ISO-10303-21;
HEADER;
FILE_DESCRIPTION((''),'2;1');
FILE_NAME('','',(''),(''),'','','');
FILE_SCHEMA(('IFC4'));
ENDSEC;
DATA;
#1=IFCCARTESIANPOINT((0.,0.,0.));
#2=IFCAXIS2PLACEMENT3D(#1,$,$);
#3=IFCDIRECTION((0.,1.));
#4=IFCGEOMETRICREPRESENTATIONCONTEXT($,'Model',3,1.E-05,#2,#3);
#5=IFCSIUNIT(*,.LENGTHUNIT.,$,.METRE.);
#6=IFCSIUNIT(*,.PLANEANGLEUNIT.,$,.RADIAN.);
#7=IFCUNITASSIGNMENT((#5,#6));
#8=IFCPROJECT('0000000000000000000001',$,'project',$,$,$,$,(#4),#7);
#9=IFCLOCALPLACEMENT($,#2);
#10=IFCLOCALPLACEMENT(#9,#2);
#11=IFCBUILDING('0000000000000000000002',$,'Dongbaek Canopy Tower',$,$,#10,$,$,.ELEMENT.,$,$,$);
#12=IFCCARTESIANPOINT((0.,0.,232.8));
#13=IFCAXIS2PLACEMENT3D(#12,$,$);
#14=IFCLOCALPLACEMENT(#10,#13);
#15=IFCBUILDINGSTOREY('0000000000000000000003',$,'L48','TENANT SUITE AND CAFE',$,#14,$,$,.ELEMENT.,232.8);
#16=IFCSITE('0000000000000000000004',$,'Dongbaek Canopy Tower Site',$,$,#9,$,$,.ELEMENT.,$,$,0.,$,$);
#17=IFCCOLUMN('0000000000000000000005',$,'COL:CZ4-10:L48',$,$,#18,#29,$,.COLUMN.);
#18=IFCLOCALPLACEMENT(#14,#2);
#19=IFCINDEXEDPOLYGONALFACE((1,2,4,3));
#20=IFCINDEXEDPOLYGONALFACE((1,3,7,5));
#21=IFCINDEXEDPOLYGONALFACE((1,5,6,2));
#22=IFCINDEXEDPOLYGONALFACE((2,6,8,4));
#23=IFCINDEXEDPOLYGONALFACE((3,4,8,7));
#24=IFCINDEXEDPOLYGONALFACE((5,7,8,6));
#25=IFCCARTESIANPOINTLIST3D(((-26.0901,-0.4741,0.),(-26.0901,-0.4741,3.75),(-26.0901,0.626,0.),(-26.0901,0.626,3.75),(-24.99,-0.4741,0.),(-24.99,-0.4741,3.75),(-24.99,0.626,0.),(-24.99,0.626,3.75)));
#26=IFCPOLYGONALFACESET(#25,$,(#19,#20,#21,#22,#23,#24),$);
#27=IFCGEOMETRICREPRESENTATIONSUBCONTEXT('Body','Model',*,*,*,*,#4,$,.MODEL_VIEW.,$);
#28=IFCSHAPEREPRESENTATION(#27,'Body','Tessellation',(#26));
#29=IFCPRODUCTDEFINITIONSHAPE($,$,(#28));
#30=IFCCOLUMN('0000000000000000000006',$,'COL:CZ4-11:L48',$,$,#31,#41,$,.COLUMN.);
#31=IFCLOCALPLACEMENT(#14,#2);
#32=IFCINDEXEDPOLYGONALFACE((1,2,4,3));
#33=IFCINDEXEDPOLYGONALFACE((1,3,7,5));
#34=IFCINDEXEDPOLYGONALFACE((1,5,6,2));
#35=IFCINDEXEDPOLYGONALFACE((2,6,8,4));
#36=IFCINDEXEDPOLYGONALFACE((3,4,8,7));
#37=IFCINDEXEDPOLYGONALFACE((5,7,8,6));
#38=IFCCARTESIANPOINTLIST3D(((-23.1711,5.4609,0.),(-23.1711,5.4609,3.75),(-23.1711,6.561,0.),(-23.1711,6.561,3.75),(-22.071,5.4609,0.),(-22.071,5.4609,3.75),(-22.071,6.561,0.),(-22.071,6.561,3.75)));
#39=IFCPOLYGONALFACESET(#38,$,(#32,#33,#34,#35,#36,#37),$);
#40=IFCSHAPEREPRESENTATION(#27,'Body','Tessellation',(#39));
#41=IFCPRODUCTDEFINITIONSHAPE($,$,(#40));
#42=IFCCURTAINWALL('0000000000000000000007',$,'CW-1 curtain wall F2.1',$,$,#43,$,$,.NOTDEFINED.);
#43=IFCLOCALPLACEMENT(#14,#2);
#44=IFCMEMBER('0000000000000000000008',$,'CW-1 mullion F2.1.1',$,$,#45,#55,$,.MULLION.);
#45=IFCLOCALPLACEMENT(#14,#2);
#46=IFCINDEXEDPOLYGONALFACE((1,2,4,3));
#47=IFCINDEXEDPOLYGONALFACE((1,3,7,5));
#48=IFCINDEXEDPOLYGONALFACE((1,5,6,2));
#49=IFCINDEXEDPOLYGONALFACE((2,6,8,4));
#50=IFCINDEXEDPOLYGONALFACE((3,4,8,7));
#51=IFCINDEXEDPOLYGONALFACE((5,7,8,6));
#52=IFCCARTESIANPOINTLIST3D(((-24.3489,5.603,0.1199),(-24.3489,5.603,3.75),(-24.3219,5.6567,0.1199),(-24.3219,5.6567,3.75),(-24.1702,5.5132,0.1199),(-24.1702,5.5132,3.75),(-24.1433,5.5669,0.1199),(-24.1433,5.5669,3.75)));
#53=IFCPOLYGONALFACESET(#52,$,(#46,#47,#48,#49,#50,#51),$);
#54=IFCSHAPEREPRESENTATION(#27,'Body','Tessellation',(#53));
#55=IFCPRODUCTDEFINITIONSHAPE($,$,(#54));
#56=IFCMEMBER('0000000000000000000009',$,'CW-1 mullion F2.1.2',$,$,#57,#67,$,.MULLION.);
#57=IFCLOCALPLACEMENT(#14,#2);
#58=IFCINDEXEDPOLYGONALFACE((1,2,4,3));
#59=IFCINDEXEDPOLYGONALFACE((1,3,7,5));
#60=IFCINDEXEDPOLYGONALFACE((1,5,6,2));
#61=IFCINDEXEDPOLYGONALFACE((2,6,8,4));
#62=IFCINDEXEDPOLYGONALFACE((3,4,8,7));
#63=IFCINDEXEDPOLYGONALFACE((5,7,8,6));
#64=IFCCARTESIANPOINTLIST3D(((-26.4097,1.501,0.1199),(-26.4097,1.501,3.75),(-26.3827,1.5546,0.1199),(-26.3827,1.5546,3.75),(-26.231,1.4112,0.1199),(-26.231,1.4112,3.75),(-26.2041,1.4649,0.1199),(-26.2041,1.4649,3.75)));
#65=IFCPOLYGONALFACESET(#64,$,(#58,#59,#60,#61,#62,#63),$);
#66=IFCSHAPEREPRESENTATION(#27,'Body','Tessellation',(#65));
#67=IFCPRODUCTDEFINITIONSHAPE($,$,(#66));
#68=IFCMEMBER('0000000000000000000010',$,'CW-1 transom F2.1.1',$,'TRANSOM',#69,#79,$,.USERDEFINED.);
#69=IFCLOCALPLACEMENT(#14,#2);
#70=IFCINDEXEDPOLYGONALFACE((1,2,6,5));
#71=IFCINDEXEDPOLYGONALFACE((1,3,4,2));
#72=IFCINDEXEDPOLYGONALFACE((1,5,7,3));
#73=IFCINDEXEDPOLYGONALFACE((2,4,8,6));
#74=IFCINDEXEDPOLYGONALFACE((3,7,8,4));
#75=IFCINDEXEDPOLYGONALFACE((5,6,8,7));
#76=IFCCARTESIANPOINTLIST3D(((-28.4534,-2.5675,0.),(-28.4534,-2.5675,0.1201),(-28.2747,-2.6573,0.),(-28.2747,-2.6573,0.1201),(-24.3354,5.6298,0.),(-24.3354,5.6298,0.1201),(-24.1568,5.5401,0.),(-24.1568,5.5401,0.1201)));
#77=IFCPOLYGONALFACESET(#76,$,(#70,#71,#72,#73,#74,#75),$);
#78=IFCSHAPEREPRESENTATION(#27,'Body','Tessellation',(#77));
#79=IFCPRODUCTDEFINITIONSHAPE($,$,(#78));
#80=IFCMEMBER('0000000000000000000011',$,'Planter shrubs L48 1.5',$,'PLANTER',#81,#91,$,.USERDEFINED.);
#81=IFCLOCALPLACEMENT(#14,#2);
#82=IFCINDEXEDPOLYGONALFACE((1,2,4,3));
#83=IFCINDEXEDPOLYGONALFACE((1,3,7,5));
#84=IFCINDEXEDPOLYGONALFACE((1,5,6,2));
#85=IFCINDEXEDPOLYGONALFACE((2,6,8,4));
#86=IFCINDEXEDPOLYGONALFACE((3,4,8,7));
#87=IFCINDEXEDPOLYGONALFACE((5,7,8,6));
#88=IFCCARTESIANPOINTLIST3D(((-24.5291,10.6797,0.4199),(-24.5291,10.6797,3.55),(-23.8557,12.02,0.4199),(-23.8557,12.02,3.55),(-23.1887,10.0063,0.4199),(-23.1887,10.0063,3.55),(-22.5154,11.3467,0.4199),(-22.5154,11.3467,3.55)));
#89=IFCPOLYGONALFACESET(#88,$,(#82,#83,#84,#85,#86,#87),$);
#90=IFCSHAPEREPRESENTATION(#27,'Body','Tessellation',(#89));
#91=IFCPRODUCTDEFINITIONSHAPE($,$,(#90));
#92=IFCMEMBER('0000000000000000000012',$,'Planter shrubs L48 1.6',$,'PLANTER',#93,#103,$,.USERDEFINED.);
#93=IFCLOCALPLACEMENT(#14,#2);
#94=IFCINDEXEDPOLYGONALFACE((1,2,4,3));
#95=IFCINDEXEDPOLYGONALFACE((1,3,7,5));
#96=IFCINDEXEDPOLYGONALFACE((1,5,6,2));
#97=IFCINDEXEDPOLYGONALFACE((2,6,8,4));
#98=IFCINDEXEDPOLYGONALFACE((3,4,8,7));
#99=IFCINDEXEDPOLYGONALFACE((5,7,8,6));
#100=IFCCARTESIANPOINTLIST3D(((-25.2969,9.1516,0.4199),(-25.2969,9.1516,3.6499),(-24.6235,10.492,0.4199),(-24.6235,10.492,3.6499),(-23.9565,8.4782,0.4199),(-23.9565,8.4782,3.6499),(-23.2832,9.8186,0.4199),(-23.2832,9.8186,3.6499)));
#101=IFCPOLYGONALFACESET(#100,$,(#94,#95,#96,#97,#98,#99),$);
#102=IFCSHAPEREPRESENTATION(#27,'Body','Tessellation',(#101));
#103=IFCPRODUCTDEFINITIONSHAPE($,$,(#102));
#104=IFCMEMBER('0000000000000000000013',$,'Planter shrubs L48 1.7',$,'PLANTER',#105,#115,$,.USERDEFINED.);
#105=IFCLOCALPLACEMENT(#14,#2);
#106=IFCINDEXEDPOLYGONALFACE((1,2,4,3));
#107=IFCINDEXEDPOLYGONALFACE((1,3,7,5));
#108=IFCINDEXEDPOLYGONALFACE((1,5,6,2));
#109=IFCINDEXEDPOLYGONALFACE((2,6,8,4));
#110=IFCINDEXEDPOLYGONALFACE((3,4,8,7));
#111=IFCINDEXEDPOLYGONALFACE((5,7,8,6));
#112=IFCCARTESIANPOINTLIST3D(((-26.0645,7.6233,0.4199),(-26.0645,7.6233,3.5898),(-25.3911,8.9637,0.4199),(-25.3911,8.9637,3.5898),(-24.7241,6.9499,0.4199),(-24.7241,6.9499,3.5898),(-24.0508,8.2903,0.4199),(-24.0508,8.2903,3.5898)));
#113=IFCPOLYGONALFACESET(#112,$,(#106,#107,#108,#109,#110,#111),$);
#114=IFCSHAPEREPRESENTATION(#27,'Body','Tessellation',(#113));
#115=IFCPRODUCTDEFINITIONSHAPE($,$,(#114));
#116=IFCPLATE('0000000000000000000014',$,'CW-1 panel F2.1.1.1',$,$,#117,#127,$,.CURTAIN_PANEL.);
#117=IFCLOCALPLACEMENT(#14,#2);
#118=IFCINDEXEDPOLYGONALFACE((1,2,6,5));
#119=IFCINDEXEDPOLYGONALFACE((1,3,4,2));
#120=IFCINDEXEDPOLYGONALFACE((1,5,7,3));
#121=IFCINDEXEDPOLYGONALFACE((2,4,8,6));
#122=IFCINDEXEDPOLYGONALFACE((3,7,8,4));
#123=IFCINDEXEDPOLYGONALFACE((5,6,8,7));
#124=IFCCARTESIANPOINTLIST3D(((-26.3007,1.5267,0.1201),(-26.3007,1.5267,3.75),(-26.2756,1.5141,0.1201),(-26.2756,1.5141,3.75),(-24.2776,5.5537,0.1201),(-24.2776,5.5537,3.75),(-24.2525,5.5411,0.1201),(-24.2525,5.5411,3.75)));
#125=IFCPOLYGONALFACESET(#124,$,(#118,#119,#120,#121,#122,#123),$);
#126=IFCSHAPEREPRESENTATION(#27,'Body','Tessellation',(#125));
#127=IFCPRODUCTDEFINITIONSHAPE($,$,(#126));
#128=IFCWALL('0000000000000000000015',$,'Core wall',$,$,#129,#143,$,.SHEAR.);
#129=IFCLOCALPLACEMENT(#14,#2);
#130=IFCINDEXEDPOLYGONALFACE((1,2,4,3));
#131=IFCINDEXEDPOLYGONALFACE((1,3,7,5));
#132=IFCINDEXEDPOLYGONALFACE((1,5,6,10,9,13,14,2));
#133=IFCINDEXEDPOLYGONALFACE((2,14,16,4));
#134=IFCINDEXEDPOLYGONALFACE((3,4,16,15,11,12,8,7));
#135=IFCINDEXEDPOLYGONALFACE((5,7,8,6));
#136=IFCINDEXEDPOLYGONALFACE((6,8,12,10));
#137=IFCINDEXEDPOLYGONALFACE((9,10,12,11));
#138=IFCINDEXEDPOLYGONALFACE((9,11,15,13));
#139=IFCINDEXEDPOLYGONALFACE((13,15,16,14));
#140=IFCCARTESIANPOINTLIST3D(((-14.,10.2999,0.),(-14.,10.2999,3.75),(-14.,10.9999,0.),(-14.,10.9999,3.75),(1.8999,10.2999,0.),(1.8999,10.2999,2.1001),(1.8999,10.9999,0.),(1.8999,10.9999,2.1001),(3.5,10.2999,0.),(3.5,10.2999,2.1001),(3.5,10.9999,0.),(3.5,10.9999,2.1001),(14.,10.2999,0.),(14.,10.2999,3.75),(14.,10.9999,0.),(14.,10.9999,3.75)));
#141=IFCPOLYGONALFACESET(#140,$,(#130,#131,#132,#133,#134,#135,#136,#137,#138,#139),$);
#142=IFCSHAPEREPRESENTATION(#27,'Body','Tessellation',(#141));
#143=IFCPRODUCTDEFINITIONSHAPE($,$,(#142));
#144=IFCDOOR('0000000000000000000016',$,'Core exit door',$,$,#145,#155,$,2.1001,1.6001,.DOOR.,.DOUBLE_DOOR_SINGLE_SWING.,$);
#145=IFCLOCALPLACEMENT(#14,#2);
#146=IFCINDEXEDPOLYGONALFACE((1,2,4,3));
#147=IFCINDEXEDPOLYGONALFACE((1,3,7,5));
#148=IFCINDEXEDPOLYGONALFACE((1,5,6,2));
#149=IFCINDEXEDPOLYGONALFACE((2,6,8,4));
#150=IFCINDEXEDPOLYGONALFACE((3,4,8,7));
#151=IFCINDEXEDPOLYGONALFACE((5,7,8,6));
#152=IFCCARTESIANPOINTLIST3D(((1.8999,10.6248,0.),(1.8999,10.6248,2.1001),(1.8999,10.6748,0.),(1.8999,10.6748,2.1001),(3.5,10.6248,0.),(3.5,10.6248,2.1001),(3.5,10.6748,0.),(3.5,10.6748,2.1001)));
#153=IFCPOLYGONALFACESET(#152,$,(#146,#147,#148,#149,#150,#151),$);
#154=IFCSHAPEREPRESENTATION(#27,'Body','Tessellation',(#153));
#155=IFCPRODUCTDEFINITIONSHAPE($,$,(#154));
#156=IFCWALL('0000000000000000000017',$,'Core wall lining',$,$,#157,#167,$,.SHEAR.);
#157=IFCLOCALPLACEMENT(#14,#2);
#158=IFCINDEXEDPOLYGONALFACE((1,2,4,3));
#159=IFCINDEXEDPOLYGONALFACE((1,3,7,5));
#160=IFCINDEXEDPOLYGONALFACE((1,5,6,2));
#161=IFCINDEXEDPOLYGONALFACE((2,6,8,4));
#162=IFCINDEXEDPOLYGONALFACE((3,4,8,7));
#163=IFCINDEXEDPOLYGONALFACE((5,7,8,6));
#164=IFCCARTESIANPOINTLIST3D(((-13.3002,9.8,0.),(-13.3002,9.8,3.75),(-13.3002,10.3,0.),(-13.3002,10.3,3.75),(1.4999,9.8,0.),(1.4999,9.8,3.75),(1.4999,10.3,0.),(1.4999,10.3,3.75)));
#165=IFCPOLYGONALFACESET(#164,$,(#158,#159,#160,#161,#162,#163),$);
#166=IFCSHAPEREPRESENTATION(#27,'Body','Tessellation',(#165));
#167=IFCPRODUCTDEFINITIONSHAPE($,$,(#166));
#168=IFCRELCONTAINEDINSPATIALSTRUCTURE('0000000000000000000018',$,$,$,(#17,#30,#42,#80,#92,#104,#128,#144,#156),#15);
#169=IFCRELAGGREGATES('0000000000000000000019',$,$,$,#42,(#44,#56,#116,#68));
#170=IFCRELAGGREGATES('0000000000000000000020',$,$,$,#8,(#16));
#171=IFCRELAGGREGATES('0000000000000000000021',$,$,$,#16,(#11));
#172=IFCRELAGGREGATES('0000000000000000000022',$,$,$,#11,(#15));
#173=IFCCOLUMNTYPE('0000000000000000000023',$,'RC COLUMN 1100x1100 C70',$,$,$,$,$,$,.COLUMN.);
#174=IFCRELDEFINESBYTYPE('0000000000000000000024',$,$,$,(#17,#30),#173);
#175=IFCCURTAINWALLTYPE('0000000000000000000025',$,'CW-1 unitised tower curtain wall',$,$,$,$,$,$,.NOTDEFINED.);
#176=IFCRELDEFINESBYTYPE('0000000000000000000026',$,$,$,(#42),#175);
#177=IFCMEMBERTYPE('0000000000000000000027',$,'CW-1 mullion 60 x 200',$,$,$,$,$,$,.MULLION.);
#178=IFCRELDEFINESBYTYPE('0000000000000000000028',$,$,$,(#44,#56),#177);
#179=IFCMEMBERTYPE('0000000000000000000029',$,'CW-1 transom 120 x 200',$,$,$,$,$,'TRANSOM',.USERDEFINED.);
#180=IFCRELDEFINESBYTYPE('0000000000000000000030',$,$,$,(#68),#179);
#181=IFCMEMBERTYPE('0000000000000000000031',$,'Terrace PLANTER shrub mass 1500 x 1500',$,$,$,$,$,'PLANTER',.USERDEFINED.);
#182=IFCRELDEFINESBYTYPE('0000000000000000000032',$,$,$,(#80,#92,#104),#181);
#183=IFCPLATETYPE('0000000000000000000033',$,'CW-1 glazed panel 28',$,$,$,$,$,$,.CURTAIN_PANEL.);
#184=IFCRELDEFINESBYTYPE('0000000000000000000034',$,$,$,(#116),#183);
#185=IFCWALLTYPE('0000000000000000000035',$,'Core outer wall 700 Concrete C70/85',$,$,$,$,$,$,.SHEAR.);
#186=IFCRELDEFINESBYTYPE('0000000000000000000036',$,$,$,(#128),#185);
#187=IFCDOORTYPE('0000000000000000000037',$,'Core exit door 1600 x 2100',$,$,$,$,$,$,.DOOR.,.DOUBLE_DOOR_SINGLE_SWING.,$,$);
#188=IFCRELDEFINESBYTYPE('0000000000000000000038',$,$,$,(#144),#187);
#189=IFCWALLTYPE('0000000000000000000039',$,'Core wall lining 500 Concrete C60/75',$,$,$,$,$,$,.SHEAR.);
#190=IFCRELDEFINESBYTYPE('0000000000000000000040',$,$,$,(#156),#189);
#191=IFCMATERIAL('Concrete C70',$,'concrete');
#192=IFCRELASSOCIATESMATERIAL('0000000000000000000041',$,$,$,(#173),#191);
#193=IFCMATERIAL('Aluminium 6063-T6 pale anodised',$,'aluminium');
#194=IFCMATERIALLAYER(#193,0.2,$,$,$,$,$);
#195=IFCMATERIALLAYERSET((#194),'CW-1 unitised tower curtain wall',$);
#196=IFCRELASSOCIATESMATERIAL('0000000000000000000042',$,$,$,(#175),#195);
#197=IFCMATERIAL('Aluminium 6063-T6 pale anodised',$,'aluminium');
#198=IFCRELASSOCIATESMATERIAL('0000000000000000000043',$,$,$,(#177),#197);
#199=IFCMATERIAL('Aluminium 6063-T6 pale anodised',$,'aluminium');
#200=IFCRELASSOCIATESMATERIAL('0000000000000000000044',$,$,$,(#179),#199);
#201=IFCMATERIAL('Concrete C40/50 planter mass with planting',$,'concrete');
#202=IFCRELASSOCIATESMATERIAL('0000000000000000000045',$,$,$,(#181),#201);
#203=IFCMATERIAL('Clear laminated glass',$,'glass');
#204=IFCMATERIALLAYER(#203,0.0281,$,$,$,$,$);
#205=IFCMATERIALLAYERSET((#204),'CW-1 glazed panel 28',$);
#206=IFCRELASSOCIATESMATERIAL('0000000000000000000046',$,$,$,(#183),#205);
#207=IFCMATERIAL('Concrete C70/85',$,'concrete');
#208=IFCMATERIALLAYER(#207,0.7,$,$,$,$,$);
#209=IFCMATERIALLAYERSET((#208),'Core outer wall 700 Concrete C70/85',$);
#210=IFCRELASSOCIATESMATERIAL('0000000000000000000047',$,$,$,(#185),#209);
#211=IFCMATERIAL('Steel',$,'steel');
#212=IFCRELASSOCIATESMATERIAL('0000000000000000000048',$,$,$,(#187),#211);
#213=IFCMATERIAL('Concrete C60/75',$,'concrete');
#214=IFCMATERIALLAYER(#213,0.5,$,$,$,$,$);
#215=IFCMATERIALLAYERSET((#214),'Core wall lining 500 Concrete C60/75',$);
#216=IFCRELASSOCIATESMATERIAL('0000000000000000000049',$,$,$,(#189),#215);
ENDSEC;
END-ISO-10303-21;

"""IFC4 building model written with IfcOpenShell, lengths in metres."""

from ifc_helpers import new_model, si_unit, direction, frame, frame_2d, origin, origin_2d, place, context, subcontext, project, spatial, rectangle, extrude, material, layer, layer_set, material_profile, profile_set, type_object, element, fill, aggregate, save


model = new_model("IFC4")

# Units and contexts
model_context = context("Model", 3, precision=1e-05, world=origin(), true_north=direction((0.0, 1.0)))
body_context = subcontext(model_context, "Body", "Model", "MODEL_VIEW")
ifc_project = project(units=[si_unit("LENGTHUNIT", "METRE"), si_unit("PLANEANGLEUNIT", "RADIAN")], contexts=[model_context])

# Site, building, storey
site_placement = place(None, origin())
site = spatial("IfcSite", under=ifc_project, at=site_placement, Name="Dongbaek Canopy Tower Site", CompositionType="ELEMENT", RefElevation=0.0)
building_placement = place(site_placement, origin())
building = spatial("IfcBuilding", under=site, at=building_placement, Name="Dongbaek Canopy Tower", CompositionType="ELEMENT")
storey_placement = place(building_placement, frame((0.0, 0.0, 232.8)))
storey = spatial("IfcBuildingStorey", under=building, at=storey_placement, Name="L48", Description="TENANT SUITE AND CAFE", CompositionType="ELEMENT", Elevation=232.8)

# Columns
ifc_material_1 = material(Name="Concrete C70", Category="concrete")
ifc_material_profile_1 = material_profile(ifc_material_1, rectangle(XDim=1.1001, YDim=1.1001, at=origin_2d()), Name="RC COLUMN 1100x1100 C70")
ifc_profile_set_1 = profile_set([ifc_material_profile_1], Name="Concrete C70")
column_type = type_object("IfcColumnType", Name="RC COLUMN 1100x1100 C70", PredefinedType="COLUMN", material=ifc_profile_set_1)
for number, where, z_axis, x_axis, name in (
    (1, (-25.54, 0.0759, 0.0), (0.0, 0.0, 1.0), (1.0, 0.0, 0.0), "COL:CZ4-10:L48"),
    (2, (-22.6211, 6.011, 0.0), (0.0, 0.0, 1.0), (1.0, 0.0, 0.0), "COL:CZ4-11:L48"),
):
    element("IfcColumn", number, at=place(storey_placement, frame(where, z_axis=z_axis, x_axis=x_axis)), inside=storey, type_object=column_type, Name=name, PredefinedType="COLUMN", context=body_context, shape_type="SweptSolid", body=[
        extrude(rectangle(XDim=1.1001, YDim=1.1001, at=origin_2d()), origin(), (0.0, 0.0, 1.0), 3.75),
    ])

# Curtain wall, members
ifc_material_2 = material(Name="Aluminium 6063-T6 pale anodised", Category="aluminium")
ifc_layer_1 = layer(ifc_material_2, 0.2)
ifc_layer_set_1 = layer_set([ifc_layer_1], Name="CW-1 unitised tower curtain wall")
curtain_wall_type = type_object("IfcCurtainWallType", Name="CW-1 unitised tower curtain wall", PredefinedType="NOTDEFINED", material=ifc_layer_set_1)
curtain_wall_placement = place(storey_placement, origin())
curtain_wall = element("IfcCurtainWall", 3, at=curtain_wall_placement, inside=storey, type_object=curtain_wall_type, Name="CW-1 curtain wall F2.1", PredefinedType="NOTDEFINED")
ifc_material_3 = material(Name="Aluminium 6063-T6 pale anodised", Category="aluminium")
ifc_material_profile_2 = material_profile(ifc_material_3, rectangle(XDim=0.2, YDim=0.0601, at=origin_2d()), Name="CW-1 mullion 60 x 200")
ifc_profile_set_2 = profile_set([ifc_material_profile_2], Name="Aluminium 6063-T6 pale anodised")
member_type_1 = type_object("IfcMemberType", Name="CW-1 mullion 60 x 200", PredefinedType="MULLION", material=ifc_profile_set_2)
member_1_placement = place(storey_placement, frame((-24.2461, 5.585, 0.1199), z_axis=(0.0, 0.0, 1.0), x_axis=(-0.893577, 0.448909, 0.0)))
member_1 = element("IfcMember", 4, at=member_1_placement, type_object=member_type_1, Name="CW-1 mullion F2.1.1", PredefinedType="MULLION", context=body_context, shape_type="SweptSolid", body=[
    extrude(rectangle(XDim=0.2, YDim=0.0601, at=origin_2d()), origin(), (0.0, 0.0, 1.0), 3.6301),
])
member_2_placement = place(storey_placement, frame((-26.3069, 1.4829, 0.1199), z_axis=(0.0, 0.0, 1.0), x_axis=(-0.893577, 0.448909, 0.0)))
member_2 = element("IfcMember", 5, at=member_2_placement, type_object=member_type_1, Name="CW-1 mullion F2.1.2", PredefinedType="MULLION", context=body_context, shape_type="SweptSolid", body=[
    extrude(rectangle(XDim=0.2, YDim=0.0601, at=origin_2d()), origin(), (0.0, 0.0, 1.0), 3.6301),
])
ifc_material_4 = material(Name="Aluminium 6063-T6 pale anodised", Category="aluminium")
ifc_material_profile_3 = material_profile(ifc_material_4, rectangle(XDim=0.2, YDim=0.1201, at=origin_2d()), Name="CW-1 transom 120 x 200")
ifc_profile_set_3 = profile_set([ifc_material_profile_3], Name="Aluminium 6063-T6 pale anodised")
member_type_2 = type_object("IfcMemberType", Name="CW-1 transom 120 x 200", ElementType="TRANSOM", PredefinedType="USERDEFINED", material=ifc_profile_set_3)
member_3_placement = place(storey_placement, frame((-24.2461, 5.585, 0.0601), z_axis=(-0.448895, -0.893585, 0.0), x_axis=(0.893585, -0.448895, 0.0)))
member_3 = element("IfcMember", 6, at=member_3_placement, type_object=member_type_2, Name="CW-1 transom F2.1.1", ObjectType="TRANSOM", PredefinedType="USERDEFINED", context=body_context, shape_type="SweptSolid", body=[
    extrude(rectangle(XDim=0.2, YDim=0.1201, at=origin_2d()), origin(), (0.0, 0.0, 1.0), 9.1736),
])

# Members
ifc_material_5 = material(Name="Concrete C40/50 planter mass with planting", Category="concrete")
ifc_material_profile_4 = material_profile(ifc_material_5, rectangle(XDim=1.5, YDim=1.5, at=origin_2d()), Name="Terrace PLANTER shrub mass 1500 x 1500")
ifc_profile_set_4 = profile_set([ifc_material_profile_4], Name="Concrete C40/50 planter mass with planting")
member_type_3 = type_object("IfcMemberType", Name="Terrace PLANTER shrub mass 1500 x 1500", ElementType="PLANTER", PredefinedType="USERDEFINED", material=ifc_profile_set_4)
member_4_placement = place(storey_placement, frame((-23.5222, 11.0132, 0.4199), z_axis=(0.0, 0.0, 1.0), x_axis=(-0.893577, 0.448909, 0.0)))
element("IfcMember", 7, at=member_4_placement, inside=storey, type_object=member_type_3, Name="Planter shrubs L48 1.5", ObjectType="PLANTER", PredefinedType="USERDEFINED", context=body_context, shape_type="SweptSolid", body=[
    extrude(rectangle(XDim=1.5, YDim=1.5, at=origin_2d()), origin(), (0.0, 0.0, 1.0), 3.1301),
])
member_5_placement = place(storey_placement, frame((-24.29, 9.4851, 0.4199), z_axis=(0.0, 0.0, 1.0), x_axis=(-0.893577, 0.448909, 0.0)))
element("IfcMember", 8, at=member_5_placement, inside=storey, type_object=member_type_3, Name="Planter shrubs L48 1.6", ObjectType="PLANTER", PredefinedType="USERDEFINED", context=body_context, shape_type="SweptSolid", body=[
    extrude(rectangle(XDim=1.5, YDim=1.5, at=origin_2d()), origin(), (0.0, 0.0, 1.0), 3.23),
])
member_6_placement = place(storey_placement, frame((-25.0576, 7.9568, 0.4199), z_axis=(0.0, 0.0, 1.0), x_axis=(-0.893577, 0.448909, 0.0)))
element("IfcMember", 9, at=member_6_placement, inside=storey, type_object=member_type_3, Name="Planter shrubs L48 1.7", ObjectType="PLANTER", PredefinedType="USERDEFINED", context=body_context, shape_type="SweptSolid", body=[
    extrude(rectangle(XDim=1.5, YDim=1.5, at=origin_2d()), origin(), (0.0, 0.0, 1.0), 3.1699),
])

# Plate
ifc_material_6 = material(Name="Clear laminated glass", Category="glass")
ifc_layer_2 = layer(ifc_material_6, 0.0281)
ifc_layer_set_2 = layer_set([ifc_layer_2], Name="CW-1 glazed panel 28")
plate_type = type_object("IfcPlateType", Name="CW-1 glazed panel 28", PredefinedType="CURTAIN_PANEL", material=ifc_layer_set_2)
plate_placement = place(storey_placement, frame((-25.2766, 3.5339, 0.1201), z_axis=(0.0, 0.0, 1.0), x_axis=(-0.448909, -0.893577, 0.0)))
plate = element("IfcPlate", 10, at=plate_placement, type_object=plate_type, Name="CW-1 panel F2.1.1.1", PredefinedType="CURTAIN_PANEL", context=body_context, shape_type="SweptSolid", body=[
    extrude(rectangle(XDim=4.5066, YDim=0.0281, at=origin_2d()), origin(), (0.0, 0.0, 1.0), 3.6299),
])

# Wall, opening, door
ifc_material_7 = material(Name="Concrete C70/85", Category="concrete")
ifc_layer_3 = layer(ifc_material_7, 0.7)
ifc_layer_set_3 = layer_set([ifc_layer_3], Name="Core outer wall 700 Concrete C70/85")
wall_type_1 = type_object("IfcWallType", Name="Core outer wall 700 Concrete C70/85", PredefinedType="SHEAR", material=ifc_layer_set_3)
wall_1_placement = place(storey_placement, frame((-14.0, 10.6499, 0.0), z_axis=(0.0, 0.0, 1.0), x_axis=(1.0, 0.0, 0.0)))
wall_1 = element("IfcWall", 11, at=wall_1_placement, inside=storey, type_object=wall_type_1, Name="Core wall", PredefinedType="SHEAR", context=body_context, shape_type="SweptSolid", body=[
    extrude(rectangle(XDim=28.0, YDim=0.7, at=frame_2d((14.0, 0.0))), origin(), (0.0, 0.0, 1.0), 3.75),
])
opening_placement = place(wall_1_placement, frame((15.8999, 0.0, 0.0)))
opening = element("IfcOpeningElement", 12, at=opening_placement, cuts=wall_1, PredefinedType="OPENING", context=body_context, shape_type="SweptSolid", body=[
    extrude(rectangle(XDim=1.6001, YDim=2.1001, at=frame_2d((0.8, 1.05))), frame((0.0, 0.3599, 0.0), z_axis=(0.0, -1.0, 0.0), x_axis=(1.0, 0.0, 0.0)), (0.0, 0.0, 1.0), 0.72),
])
ifc_material_8 = material(Name="Steel", Category="steel")
door_type = type_object("IfcDoorType", Name="Core exit door 1600 x 2100", OperationType="DOUBLE_DOOR_SINGLE_SWING", PredefinedType="DOOR", material=ifc_material_8)
door_placement = place(opening_placement, origin())
door = element("IfcDoor", 13, at=door_placement, inside=storey, type_object=door_type, Name="Core exit door", OperationType="DOUBLE_DOOR_SINGLE_SWING", OverallHeight=2.1001, OverallWidth=1.6001, PredefinedType="DOOR", context=body_context, shape_type="SweptSolid", body=[
    extrude(rectangle(XDim=1.6001, YDim=2.1001, at=frame_2d((0.8, 1.05))), frame((0.0, 0.0249, 0.0), z_axis=(0.0, -1.0, 0.0), x_axis=(1.0, 0.0, 0.0)), (0.0, 0.0, 1.0), 0.05),
])
fill(opening, door)

# Wall
ifc_material_9 = material(Name="Concrete C60/75", Category="concrete")
ifc_layer_4 = layer(ifc_material_9, 0.5)
ifc_layer_set_4 = layer_set([ifc_layer_4], Name="Core wall lining 500 Concrete C60/75")
wall_type_2 = type_object("IfcWallType", Name="Core wall lining 500 Concrete C60/75", PredefinedType="SHEAR", material=ifc_layer_set_4)
wall_2_placement = place(storey_placement, frame((-13.3, 10.05, 0.0), z_axis=(0.0, 0.0, 1.0), x_axis=(1.0, 0.0, 0.0)))
element("IfcWall", 14, at=wall_2_placement, inside=storey, type_object=wall_type_2, Name="Core wall lining", PredefinedType="SHEAR", context=body_context, shape_type="SweptSolid", body=[
    extrude(rectangle(XDim=14.8, YDim=0.5, at=frame_2d((7.3999, 0.0))), origin(), (0.0, 0.0, 1.0), 3.75),
])

aggregate(curtain_wall, [member_1, member_2, plate, member_3])

save(model, "model.ifc")
